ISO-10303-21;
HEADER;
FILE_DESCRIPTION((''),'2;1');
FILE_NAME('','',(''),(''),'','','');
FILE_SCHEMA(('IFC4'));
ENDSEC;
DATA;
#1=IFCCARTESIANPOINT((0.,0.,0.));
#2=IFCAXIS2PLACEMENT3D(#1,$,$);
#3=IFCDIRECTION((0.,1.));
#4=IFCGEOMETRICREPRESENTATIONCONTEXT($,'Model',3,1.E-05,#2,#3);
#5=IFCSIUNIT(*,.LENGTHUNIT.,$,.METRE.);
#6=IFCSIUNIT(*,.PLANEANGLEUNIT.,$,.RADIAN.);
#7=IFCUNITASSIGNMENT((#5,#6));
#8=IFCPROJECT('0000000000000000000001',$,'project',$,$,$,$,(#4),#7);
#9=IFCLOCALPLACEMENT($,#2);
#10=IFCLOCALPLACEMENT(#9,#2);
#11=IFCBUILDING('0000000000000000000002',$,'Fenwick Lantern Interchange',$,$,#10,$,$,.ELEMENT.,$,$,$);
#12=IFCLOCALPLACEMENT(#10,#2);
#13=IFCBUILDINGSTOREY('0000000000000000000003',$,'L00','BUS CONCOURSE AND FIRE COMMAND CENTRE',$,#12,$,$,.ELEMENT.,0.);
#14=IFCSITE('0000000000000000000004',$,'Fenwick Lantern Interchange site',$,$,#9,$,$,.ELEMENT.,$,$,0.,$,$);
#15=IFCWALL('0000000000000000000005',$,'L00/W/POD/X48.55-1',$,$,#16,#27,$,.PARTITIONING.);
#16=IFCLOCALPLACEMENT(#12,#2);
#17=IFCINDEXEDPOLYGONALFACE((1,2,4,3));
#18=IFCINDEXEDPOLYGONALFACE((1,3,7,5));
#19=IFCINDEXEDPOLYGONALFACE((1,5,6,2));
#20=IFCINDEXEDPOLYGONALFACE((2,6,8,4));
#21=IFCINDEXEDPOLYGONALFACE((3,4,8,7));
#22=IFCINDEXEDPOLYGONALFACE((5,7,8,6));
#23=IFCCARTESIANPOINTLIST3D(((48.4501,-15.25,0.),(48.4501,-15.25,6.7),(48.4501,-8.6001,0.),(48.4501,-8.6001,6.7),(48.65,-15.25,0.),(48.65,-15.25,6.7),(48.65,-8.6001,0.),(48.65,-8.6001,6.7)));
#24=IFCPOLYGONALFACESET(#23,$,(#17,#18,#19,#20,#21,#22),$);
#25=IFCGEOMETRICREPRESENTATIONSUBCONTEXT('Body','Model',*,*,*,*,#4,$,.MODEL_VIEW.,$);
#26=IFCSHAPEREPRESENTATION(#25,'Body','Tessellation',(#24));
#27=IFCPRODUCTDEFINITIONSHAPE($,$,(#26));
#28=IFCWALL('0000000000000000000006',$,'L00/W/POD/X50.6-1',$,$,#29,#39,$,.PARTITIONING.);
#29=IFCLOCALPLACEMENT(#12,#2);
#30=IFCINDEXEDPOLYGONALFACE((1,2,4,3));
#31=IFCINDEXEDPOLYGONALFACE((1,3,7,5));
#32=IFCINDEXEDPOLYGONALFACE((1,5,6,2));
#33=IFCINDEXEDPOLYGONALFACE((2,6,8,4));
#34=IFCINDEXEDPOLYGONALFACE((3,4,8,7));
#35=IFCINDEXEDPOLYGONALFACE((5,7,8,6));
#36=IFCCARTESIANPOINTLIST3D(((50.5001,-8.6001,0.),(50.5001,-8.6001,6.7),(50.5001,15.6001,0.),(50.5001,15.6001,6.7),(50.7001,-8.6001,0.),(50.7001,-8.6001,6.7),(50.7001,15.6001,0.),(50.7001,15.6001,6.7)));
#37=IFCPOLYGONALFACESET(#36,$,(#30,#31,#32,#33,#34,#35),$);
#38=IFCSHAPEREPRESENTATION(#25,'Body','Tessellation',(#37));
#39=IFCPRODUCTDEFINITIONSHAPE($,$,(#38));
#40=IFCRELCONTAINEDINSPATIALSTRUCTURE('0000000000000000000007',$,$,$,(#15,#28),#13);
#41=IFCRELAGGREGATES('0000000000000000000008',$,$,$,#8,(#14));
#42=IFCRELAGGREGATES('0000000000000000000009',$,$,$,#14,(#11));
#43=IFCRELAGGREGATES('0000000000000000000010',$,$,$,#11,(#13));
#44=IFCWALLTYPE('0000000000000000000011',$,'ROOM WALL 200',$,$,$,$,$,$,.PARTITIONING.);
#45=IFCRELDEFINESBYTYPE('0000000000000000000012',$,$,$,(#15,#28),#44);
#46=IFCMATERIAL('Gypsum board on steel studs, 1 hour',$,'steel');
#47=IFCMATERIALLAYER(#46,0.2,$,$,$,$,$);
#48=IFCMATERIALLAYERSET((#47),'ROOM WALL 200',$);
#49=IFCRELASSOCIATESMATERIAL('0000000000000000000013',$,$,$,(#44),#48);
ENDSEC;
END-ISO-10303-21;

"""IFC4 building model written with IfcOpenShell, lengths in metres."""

from ifc_helpers import new_model, si_unit, direction, frame, frame_2d, origin, place, context, subcontext, project, spatial, rectangle, extrude, material, layer, layer_set, type_object, element, save


model = new_model("IFC4")

# Units and contexts
model_context = context("Model", 3, precision=1e-05, world=origin(), true_north=direction((0.0, 1.0)))
body_context = subcontext(model_context, "Body", "Model", "MODEL_VIEW")
ifc_project = project(units=[si_unit("LENGTHUNIT", "METRE"), si_unit("PLANEANGLEUNIT", "RADIAN")], contexts=[model_context])

# Site, building, storey
site_placement = place(None, origin())
site = spatial("IfcSite", under=ifc_project, at=site_placement, Name="Fenwick Lantern Interchange site", CompositionType="ELEMENT", RefElevation=0.0)
building_placement = place(site_placement, origin())
building = spatial("IfcBuilding", under=site, at=building_placement, Name="Fenwick Lantern Interchange", CompositionType="ELEMENT")
storey_placement = place(building_placement, origin())
storey = spatial("IfcBuildingStorey", under=building, at=storey_placement, Name="L00", Description="BUS CONCOURSE AND FIRE COMMAND CENTRE", CompositionType="ELEMENT", Elevation=0.0)

# Walls
ifc_material_1 = material(Name="Gypsum board on steel studs, 1 hour", Category="steel")
ifc_layer_1 = layer(ifc_material_1, 0.2)
ifc_layer_set_1 = layer_set([ifc_layer_1], Name="ROOM WALL 200")
wall_type_1 = type_object("IfcWallType", Name="ROOM WALL 200", PredefinedType="PARTITIONING", material=ifc_layer_set_1)
wall_1_placement = place(storey_placement, frame((48.55, -15.25, 0.0), z_axis=(0.0, 0.0, 1.0), x_axis=(0.0, 1.0, 0.0)))
element("IfcWall", 1, at=wall_1_placement, inside=storey, type_object=wall_type_1, Name="L00/W/POD/X48.55-1", PredefinedType="PARTITIONING", context=body_context, shape_type="SweptSolid", body=[
    extrude(rectangle(XDim=6.6499, YDim=0.2, at=frame_2d((3.325, 0.0))), origin(), (0.0, 0.0, 1.0), 6.7),
])
wall_2_placement = place(storey_placement, frame((50.6001, -8.6001, 0.0), z_axis=(0.0, 0.0, 1.0), x_axis=(0.0, 1.0, 0.0)))
element("IfcWall", 2, at=wall_2_placement, inside=storey, type_object=wall_type_1, Name="L00/W/POD/X50.6-1", PredefinedType="PARTITIONING", context=body_context, shape_type="SweptSolid", body=[
    extrude(rectangle(XDim=24.2002, YDim=0.2, at=frame_2d((12.1001, 0.0))), origin(), (0.0, 0.0, 1.0), 6.7),
])

save(model, "model.ifc")
